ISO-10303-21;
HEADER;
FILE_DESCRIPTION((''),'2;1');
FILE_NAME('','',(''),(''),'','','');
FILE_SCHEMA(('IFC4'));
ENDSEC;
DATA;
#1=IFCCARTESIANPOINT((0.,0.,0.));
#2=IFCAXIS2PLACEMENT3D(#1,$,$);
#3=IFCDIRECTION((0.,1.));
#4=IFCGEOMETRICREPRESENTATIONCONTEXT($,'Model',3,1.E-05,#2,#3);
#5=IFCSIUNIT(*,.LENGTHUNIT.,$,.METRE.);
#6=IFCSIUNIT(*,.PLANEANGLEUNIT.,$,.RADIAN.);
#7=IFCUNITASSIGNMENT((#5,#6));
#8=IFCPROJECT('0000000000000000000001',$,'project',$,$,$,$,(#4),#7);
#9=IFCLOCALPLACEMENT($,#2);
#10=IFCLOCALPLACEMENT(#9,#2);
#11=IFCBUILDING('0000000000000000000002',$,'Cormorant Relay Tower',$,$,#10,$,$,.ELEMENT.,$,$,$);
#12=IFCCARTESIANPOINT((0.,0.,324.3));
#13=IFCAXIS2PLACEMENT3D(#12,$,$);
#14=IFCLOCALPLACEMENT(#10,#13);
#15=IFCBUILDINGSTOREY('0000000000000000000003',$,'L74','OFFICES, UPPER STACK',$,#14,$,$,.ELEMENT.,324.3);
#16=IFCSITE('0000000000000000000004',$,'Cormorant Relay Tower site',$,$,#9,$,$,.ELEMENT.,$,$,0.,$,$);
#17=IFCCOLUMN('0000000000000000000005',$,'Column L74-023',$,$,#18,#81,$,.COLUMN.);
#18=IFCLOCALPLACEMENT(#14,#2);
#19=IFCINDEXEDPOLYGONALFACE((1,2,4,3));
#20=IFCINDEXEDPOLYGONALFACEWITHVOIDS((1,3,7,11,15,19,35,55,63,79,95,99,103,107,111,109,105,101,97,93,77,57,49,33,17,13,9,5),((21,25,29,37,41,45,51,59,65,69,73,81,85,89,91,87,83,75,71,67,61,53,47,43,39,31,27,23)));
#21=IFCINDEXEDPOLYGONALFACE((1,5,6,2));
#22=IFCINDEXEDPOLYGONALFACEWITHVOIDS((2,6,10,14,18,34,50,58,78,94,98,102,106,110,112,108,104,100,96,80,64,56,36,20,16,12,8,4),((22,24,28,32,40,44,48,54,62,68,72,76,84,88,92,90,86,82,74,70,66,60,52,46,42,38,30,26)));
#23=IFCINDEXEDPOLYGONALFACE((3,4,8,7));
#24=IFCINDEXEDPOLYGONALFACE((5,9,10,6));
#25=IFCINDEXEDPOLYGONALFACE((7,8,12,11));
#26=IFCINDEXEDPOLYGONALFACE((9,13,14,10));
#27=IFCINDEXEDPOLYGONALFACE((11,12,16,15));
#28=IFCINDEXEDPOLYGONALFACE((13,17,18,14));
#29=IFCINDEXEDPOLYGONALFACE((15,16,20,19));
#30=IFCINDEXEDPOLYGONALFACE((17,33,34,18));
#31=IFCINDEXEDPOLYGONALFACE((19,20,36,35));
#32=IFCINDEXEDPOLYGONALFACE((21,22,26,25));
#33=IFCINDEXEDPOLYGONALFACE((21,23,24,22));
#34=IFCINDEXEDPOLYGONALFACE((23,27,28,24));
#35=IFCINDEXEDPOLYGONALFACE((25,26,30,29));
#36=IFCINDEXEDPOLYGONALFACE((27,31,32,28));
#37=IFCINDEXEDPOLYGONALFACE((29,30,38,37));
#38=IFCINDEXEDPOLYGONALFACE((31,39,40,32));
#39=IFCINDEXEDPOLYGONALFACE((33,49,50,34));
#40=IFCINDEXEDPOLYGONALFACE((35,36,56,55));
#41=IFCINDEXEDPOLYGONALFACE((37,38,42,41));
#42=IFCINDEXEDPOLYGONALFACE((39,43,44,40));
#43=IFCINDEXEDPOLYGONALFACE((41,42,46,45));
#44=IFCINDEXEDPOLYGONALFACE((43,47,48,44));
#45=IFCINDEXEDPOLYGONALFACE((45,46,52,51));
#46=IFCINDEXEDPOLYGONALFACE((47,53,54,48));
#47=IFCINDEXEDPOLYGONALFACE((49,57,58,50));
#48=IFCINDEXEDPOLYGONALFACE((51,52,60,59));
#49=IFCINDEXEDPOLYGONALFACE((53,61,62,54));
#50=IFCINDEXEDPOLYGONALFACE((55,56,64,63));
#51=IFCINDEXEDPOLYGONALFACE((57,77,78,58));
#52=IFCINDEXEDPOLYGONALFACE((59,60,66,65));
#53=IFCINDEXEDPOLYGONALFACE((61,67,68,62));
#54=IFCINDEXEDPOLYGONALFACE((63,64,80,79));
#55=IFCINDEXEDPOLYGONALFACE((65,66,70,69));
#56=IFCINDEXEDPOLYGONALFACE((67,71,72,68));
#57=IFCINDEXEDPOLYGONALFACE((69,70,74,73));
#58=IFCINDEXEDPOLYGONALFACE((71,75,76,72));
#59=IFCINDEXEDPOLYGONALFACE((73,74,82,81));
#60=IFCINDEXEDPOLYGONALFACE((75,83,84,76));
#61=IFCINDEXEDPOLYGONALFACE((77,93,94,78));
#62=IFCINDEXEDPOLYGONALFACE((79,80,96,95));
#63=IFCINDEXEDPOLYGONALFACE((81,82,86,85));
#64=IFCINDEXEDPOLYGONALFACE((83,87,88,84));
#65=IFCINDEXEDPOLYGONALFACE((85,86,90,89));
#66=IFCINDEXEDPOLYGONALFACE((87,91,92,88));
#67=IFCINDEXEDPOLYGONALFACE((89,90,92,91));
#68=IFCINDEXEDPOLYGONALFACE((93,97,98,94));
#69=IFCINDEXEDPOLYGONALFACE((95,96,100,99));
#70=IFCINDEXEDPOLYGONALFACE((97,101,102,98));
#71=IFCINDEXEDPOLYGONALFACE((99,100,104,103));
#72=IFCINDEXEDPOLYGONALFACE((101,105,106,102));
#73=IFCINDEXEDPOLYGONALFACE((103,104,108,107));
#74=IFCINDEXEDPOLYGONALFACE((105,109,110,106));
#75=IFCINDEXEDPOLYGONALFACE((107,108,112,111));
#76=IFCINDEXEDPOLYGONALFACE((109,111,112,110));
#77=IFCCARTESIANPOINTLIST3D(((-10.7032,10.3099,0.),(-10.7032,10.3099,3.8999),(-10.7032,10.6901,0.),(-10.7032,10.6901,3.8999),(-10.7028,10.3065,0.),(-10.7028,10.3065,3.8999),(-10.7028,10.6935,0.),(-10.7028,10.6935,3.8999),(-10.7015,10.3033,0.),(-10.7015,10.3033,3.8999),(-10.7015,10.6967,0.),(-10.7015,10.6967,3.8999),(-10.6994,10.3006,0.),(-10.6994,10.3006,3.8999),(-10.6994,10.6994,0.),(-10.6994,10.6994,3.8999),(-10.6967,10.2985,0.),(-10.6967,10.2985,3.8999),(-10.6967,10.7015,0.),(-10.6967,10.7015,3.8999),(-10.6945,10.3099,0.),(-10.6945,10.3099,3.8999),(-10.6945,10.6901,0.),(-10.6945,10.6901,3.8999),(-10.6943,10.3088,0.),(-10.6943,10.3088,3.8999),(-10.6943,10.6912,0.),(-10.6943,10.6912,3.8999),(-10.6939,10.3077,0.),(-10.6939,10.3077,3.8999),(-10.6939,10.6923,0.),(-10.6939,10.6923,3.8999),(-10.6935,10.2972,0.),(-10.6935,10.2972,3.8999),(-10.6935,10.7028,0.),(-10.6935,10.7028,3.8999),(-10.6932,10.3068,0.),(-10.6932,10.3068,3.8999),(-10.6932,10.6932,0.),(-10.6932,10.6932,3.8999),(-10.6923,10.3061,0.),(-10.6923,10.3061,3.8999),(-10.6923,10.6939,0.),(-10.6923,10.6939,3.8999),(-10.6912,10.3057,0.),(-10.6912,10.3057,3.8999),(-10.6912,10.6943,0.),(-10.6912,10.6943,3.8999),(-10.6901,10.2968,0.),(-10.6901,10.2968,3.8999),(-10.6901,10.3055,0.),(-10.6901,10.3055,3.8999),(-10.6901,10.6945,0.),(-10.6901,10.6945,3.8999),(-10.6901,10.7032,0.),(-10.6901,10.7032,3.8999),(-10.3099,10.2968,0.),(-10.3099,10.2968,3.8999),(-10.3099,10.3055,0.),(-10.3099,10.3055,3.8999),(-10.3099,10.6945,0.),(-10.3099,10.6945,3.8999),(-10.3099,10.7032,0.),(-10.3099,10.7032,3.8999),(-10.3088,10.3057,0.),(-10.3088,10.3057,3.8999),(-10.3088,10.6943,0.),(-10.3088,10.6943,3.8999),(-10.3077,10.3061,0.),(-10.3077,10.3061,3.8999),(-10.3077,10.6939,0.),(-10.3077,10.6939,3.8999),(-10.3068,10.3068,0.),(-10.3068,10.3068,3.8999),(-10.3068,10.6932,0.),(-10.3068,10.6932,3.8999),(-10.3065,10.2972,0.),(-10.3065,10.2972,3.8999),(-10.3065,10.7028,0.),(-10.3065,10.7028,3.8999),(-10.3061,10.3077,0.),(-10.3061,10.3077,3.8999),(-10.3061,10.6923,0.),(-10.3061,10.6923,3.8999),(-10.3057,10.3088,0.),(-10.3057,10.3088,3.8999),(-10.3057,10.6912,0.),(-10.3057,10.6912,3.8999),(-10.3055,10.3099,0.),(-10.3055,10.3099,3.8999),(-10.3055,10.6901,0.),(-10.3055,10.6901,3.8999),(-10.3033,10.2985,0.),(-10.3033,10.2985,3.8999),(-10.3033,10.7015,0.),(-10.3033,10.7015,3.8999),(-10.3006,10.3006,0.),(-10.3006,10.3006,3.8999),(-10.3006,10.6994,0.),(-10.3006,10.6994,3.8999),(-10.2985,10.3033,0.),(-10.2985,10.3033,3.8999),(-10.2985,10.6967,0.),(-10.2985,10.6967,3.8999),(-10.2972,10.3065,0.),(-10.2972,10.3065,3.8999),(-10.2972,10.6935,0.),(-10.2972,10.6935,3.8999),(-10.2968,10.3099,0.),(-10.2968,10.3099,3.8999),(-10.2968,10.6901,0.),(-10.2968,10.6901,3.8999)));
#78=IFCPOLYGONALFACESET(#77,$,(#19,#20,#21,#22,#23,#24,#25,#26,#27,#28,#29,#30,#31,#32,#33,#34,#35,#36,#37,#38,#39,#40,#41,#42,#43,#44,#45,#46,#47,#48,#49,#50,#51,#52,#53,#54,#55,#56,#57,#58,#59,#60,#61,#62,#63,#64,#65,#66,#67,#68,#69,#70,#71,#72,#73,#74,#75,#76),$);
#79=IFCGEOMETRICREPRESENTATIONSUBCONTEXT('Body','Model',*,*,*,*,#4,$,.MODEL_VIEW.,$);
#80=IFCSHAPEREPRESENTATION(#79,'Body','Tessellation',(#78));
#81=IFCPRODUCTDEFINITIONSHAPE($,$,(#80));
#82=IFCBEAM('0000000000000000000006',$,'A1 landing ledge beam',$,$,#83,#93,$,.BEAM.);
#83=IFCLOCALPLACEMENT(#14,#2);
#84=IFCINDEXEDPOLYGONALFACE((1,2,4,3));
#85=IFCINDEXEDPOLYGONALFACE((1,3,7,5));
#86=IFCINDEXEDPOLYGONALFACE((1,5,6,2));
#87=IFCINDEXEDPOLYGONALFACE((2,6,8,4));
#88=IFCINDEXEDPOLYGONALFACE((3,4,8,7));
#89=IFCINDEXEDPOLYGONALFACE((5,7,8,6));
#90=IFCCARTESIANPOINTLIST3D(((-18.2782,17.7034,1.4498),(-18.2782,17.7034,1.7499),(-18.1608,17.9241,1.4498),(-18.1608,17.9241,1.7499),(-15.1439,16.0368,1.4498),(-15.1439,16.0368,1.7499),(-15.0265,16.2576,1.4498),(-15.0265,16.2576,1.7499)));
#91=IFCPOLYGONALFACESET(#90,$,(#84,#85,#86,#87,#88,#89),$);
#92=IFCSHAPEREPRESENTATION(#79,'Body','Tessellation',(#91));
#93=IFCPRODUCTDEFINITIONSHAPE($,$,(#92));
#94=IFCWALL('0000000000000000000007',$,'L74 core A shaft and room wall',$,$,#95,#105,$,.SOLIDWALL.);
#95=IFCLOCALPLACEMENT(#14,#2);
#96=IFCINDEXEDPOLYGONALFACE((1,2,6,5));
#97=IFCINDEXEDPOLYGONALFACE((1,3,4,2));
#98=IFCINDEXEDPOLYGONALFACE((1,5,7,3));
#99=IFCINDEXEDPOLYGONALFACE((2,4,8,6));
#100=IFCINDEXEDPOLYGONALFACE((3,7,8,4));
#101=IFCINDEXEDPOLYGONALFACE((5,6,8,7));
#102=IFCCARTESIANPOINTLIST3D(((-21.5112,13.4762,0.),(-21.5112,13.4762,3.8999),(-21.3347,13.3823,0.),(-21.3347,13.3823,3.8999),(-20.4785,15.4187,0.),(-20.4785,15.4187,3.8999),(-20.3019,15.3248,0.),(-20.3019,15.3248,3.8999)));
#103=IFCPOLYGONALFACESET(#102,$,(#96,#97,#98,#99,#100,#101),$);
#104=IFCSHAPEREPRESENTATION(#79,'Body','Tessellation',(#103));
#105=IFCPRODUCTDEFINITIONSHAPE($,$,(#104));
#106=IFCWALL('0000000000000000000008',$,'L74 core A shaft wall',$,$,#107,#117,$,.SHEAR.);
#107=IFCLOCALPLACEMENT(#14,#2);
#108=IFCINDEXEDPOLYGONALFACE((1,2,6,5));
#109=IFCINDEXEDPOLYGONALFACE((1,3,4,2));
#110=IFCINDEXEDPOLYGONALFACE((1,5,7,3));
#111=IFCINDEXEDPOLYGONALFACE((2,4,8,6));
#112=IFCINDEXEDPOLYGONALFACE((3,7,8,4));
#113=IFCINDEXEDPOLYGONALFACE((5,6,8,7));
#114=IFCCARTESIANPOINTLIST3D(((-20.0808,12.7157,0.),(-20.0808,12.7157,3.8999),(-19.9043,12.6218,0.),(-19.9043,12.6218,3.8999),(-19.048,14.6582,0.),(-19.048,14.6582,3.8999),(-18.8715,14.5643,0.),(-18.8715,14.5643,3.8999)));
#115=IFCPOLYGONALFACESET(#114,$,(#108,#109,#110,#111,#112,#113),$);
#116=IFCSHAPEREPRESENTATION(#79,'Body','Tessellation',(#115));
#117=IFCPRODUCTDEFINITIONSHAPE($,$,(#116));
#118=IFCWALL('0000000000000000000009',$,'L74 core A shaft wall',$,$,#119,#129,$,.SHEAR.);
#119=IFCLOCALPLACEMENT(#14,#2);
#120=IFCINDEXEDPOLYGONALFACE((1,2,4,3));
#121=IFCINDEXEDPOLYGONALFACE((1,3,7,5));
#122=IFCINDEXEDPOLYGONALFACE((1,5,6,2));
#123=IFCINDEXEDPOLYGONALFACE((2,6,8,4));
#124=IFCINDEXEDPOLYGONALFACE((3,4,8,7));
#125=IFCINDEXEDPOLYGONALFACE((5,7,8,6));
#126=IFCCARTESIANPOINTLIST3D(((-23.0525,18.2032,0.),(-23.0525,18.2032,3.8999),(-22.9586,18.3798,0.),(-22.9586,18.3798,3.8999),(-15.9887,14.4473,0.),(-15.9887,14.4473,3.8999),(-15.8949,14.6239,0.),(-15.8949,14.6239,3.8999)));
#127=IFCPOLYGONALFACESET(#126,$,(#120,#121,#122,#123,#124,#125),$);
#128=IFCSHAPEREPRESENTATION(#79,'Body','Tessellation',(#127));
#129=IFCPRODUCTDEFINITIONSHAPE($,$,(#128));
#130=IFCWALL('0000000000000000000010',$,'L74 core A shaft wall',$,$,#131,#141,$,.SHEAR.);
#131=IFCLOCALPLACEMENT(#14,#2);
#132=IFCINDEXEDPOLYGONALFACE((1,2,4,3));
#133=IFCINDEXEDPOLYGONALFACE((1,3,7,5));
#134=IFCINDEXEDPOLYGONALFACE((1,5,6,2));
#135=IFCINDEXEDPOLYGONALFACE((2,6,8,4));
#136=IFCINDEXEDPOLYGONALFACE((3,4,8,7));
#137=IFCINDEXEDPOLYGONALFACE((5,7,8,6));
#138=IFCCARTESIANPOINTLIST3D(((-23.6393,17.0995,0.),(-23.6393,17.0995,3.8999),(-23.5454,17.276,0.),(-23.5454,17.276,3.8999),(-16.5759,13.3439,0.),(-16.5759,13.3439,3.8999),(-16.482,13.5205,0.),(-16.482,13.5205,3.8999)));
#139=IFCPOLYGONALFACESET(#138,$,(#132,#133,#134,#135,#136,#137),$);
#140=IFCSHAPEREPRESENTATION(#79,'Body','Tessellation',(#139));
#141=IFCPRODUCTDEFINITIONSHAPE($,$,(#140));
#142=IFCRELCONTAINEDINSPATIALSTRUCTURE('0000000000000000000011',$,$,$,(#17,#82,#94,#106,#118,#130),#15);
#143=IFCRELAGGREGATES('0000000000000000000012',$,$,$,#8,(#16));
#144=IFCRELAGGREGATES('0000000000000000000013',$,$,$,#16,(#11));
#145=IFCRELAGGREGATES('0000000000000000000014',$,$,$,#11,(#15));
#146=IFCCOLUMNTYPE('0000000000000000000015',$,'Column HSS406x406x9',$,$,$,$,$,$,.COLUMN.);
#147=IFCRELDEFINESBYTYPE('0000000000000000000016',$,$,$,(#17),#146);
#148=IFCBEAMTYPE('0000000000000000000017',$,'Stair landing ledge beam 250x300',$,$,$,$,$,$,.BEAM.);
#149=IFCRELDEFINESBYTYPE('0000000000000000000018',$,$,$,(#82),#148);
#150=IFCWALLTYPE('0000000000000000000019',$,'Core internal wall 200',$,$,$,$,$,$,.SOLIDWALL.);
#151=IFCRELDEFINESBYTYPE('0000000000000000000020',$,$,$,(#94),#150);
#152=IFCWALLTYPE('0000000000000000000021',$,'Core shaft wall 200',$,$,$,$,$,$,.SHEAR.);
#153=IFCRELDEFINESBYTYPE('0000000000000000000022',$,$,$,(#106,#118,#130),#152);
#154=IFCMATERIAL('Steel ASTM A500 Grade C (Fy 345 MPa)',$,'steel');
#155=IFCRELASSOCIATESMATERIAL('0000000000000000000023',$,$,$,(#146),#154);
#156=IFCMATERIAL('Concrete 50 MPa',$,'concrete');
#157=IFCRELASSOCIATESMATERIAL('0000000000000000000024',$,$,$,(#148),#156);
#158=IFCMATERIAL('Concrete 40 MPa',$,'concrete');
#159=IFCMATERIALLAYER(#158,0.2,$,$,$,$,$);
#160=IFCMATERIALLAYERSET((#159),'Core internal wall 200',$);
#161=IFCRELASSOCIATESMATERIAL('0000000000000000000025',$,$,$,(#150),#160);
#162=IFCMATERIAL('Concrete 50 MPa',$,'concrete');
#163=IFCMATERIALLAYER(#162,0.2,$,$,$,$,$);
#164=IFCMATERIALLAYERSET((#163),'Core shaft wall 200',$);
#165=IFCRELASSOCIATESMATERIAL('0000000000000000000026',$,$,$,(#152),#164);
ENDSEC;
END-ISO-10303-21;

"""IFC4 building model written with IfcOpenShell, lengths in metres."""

from ifc_helpers import new_model, si_unit, direction, frame, frame_2d, origin, origin_2d, place, context, subcontext, project, spatial, rectangle, hollow_rectangle, extrude, material, layer, layer_set, material_profile, profile_set, type_object, element, save


model = new_model("IFC4")

# Units and contexts
model_context = context("Model", 3, precision=1e-05, world=origin(), true_north=direction((0.0, 1.0)))
body_context = subcontext(model_context, "Body", "Model", "MODEL_VIEW")
ifc_project = project(units=[si_unit("LENGTHUNIT", "METRE"), si_unit("PLANEANGLEUNIT", "RADIAN")], contexts=[model_context])

# Site, building, storey
site_placement = place(None, origin())
site = spatial("IfcSite", under=ifc_project, at=site_placement, Name="Cormorant Relay Tower site", CompositionType="ELEMENT", RefElevation=0.0)
building_placement = place(site_placement, origin())
building = spatial("IfcBuilding", under=site, at=building_placement, Name="Cormorant Relay Tower", CompositionType="ELEMENT")
storey_placement = place(building_placement, frame((0.0, 0.0, 324.3)))
storey = spatial("IfcBuildingStorey", under=building, at=storey_placement, Name="L74", Description="OFFICES, UPPER STACK", CompositionType="ELEMENT", Elevation=324.3)

# Column
ifc_material_1 = material(Name="Steel ASTM A500 Grade C (Fy 345 MPa)", Category="steel")
ifc_material_profile_1 = material_profile(ifc_material_1, hollow_rectangle(XDim=0.4065, YDim=0.4065, WallThickness=0.0088, InnerFilletRadius=0.0044, OuterFilletRadius=0.0132, at=origin_2d()), Name="HSS406x406x9")
ifc_profile_set_1 = profile_set([ifc_material_profile_1], Name="Steel ASTM A500 Grade C (Fy 345 MPa)")
column_type = type_object("IfcColumnType", Name="Column HSS406x406x9", PredefinedType="COLUMN", material=ifc_profile_set_1)
column_placement = place(storey_placement, frame((-10.5, 10.5, 0.0), z_axis=(0.0, 0.0, 1.0), x_axis=(1.0, 0.0, 0.0)))
element("IfcColumn", 1, at=column_placement, inside=storey, type_object=column_type, Name="Column L74-023", PredefinedType="COLUMN", context=body_context, shape_type="SweptSolid", body=[
    extrude(hollow_rectangle(XDim=0.4065, YDim=0.4065, WallThickness=0.0088, InnerFilletRadius=0.0044, OuterFilletRadius=0.0132, at=origin_2d()), origin(), (0.0, 0.0, 1.0), 3.8999),
])

# Beam
ifc_material_2 = material(Name="Concrete 50 MPa", Category="concrete")
ifc_material_profile_2 = material_profile(ifc_material_2, rectangle(XDim=0.25, YDim=0.3, at=origin_2d()), Name="RC 250x300")
ifc_profile_set_2 = profile_set([ifc_material_profile_2], Name="Concrete 50 MPa")
beam_type = type_object("IfcBeamType", Name="Stair landing ledge beam 250x300", PredefinedType="BEAM", material=ifc_profile_set_2)
beam_placement = place(storey_placement, frame((-18.2195, 17.8137, 1.5999), z_axis=(0.88295, -0.469467, 0.0), x_axis=(0.469467, 0.88295, 0.0)))
element("IfcBeam", 2, at=beam_placement, inside=storey, type_object=beam_type, Name="A1 landing ledge beam", PredefinedType="BEAM", context=body_context, shape_type="SweptSolid", body=[
    extrude(rectangle(XDim=0.25, YDim=0.3, at=origin_2d()), origin(), (0.0, 0.0, 1.0), 3.5498),
])

# Walls
ifc_material_3 = material(Name="Concrete 40 MPa", Category="concrete")
ifc_layer_1 = layer(ifc_material_3, 0.2)
ifc_layer_set_1 = layer_set([ifc_layer_1], Name="Core internal wall 200")
wall_type_1 = type_object("IfcWallType", Name="Core internal wall 200", PredefinedType="SOLIDWALL", material=ifc_layer_set_1)
wall_1_placement = place(storey_placement, frame((-20.3901, 15.3718, 0.0), z_axis=(0.0, 0.0, 1.0), x_axis=(-0.469447, -0.88296, 0.0)))
element("IfcWall", 3, at=wall_1_placement, inside=storey, type_object=wall_type_1, Name="L74 core A shaft and room wall", PredefinedType="SOLIDWALL", context=body_context, shape_type="SweptSolid", body=[
    extrude(rectangle(XDim=2.2, YDim=0.2, at=frame_2d((1.1001, 0.0))), origin(), (0.0, 0.0, 1.0), 3.8999),
])
ifc_material_4 = material(Name="Concrete 50 MPa", Category="concrete")
ifc_layer_2 = layer(ifc_material_4, 0.2)
ifc_layer_set_2 = layer_set([ifc_layer_2], Name="Core shaft wall 200")
wall_type_2 = type_object("IfcWallType", Name="Core shaft wall 200", PredefinedType="SHEAR", material=ifc_layer_set_2)
wall_2_placement = place(storey_placement, frame((-18.9597, 14.6113, 0.0), z_axis=(0.0, 0.0, 1.0), x_axis=(-0.469447, -0.88296, 0.0)))
element("IfcWall", 4, at=wall_2_placement, inside=storey, type_object=wall_type_2, Name="L74 core A shaft wall", PredefinedType="SHEAR", context=body_context, shape_type="SweptSolid", body=[
    extrude(rectangle(XDim=2.2, YDim=0.2, at=frame_2d((1.1001, 0.0))), origin(), (0.0, 0.0, 1.0), 3.8999),
])
wall_3_placement = place(storey_placement, frame((-15.9419, 14.5356, 0.0), z_axis=(0.0, 0.0, 1.0), x_axis=(-0.882947, 0.469473, 0.0)))
element("IfcWall", 5, at=wall_3_placement, inside=storey, type_object=wall_type_2, Name="L74 core A shaft wall", PredefinedType="SHEAR", context=body_context, shape_type="SweptSolid", body=[
    extrude(rectangle(XDim=8.0002, YDim=0.2, at=frame_2d((4.0, 0.0))), origin(), (0.0, 0.0, 1.0), 3.8999),
])
wall_4_placement = place(storey_placement, frame((-16.5288, 13.4321, 0.0), z_axis=(0.0, 0.0, 1.0), x_axis=(-0.882953, 0.469462, 0.0)))
element("IfcWall", 6, at=wall_4_placement, inside=storey, type_object=wall_type_2, Name="L74 core A shaft wall", PredefinedType="SHEAR", context=body_context, shape_type="SweptSolid", body=[
    extrude(rectangle(XDim=7.9998, YDim=0.2, at=frame_2d((4.0, 0.0))), origin(), (0.0, 0.0, 1.0), 3.8999),
])

save(model, "model.ifc")
